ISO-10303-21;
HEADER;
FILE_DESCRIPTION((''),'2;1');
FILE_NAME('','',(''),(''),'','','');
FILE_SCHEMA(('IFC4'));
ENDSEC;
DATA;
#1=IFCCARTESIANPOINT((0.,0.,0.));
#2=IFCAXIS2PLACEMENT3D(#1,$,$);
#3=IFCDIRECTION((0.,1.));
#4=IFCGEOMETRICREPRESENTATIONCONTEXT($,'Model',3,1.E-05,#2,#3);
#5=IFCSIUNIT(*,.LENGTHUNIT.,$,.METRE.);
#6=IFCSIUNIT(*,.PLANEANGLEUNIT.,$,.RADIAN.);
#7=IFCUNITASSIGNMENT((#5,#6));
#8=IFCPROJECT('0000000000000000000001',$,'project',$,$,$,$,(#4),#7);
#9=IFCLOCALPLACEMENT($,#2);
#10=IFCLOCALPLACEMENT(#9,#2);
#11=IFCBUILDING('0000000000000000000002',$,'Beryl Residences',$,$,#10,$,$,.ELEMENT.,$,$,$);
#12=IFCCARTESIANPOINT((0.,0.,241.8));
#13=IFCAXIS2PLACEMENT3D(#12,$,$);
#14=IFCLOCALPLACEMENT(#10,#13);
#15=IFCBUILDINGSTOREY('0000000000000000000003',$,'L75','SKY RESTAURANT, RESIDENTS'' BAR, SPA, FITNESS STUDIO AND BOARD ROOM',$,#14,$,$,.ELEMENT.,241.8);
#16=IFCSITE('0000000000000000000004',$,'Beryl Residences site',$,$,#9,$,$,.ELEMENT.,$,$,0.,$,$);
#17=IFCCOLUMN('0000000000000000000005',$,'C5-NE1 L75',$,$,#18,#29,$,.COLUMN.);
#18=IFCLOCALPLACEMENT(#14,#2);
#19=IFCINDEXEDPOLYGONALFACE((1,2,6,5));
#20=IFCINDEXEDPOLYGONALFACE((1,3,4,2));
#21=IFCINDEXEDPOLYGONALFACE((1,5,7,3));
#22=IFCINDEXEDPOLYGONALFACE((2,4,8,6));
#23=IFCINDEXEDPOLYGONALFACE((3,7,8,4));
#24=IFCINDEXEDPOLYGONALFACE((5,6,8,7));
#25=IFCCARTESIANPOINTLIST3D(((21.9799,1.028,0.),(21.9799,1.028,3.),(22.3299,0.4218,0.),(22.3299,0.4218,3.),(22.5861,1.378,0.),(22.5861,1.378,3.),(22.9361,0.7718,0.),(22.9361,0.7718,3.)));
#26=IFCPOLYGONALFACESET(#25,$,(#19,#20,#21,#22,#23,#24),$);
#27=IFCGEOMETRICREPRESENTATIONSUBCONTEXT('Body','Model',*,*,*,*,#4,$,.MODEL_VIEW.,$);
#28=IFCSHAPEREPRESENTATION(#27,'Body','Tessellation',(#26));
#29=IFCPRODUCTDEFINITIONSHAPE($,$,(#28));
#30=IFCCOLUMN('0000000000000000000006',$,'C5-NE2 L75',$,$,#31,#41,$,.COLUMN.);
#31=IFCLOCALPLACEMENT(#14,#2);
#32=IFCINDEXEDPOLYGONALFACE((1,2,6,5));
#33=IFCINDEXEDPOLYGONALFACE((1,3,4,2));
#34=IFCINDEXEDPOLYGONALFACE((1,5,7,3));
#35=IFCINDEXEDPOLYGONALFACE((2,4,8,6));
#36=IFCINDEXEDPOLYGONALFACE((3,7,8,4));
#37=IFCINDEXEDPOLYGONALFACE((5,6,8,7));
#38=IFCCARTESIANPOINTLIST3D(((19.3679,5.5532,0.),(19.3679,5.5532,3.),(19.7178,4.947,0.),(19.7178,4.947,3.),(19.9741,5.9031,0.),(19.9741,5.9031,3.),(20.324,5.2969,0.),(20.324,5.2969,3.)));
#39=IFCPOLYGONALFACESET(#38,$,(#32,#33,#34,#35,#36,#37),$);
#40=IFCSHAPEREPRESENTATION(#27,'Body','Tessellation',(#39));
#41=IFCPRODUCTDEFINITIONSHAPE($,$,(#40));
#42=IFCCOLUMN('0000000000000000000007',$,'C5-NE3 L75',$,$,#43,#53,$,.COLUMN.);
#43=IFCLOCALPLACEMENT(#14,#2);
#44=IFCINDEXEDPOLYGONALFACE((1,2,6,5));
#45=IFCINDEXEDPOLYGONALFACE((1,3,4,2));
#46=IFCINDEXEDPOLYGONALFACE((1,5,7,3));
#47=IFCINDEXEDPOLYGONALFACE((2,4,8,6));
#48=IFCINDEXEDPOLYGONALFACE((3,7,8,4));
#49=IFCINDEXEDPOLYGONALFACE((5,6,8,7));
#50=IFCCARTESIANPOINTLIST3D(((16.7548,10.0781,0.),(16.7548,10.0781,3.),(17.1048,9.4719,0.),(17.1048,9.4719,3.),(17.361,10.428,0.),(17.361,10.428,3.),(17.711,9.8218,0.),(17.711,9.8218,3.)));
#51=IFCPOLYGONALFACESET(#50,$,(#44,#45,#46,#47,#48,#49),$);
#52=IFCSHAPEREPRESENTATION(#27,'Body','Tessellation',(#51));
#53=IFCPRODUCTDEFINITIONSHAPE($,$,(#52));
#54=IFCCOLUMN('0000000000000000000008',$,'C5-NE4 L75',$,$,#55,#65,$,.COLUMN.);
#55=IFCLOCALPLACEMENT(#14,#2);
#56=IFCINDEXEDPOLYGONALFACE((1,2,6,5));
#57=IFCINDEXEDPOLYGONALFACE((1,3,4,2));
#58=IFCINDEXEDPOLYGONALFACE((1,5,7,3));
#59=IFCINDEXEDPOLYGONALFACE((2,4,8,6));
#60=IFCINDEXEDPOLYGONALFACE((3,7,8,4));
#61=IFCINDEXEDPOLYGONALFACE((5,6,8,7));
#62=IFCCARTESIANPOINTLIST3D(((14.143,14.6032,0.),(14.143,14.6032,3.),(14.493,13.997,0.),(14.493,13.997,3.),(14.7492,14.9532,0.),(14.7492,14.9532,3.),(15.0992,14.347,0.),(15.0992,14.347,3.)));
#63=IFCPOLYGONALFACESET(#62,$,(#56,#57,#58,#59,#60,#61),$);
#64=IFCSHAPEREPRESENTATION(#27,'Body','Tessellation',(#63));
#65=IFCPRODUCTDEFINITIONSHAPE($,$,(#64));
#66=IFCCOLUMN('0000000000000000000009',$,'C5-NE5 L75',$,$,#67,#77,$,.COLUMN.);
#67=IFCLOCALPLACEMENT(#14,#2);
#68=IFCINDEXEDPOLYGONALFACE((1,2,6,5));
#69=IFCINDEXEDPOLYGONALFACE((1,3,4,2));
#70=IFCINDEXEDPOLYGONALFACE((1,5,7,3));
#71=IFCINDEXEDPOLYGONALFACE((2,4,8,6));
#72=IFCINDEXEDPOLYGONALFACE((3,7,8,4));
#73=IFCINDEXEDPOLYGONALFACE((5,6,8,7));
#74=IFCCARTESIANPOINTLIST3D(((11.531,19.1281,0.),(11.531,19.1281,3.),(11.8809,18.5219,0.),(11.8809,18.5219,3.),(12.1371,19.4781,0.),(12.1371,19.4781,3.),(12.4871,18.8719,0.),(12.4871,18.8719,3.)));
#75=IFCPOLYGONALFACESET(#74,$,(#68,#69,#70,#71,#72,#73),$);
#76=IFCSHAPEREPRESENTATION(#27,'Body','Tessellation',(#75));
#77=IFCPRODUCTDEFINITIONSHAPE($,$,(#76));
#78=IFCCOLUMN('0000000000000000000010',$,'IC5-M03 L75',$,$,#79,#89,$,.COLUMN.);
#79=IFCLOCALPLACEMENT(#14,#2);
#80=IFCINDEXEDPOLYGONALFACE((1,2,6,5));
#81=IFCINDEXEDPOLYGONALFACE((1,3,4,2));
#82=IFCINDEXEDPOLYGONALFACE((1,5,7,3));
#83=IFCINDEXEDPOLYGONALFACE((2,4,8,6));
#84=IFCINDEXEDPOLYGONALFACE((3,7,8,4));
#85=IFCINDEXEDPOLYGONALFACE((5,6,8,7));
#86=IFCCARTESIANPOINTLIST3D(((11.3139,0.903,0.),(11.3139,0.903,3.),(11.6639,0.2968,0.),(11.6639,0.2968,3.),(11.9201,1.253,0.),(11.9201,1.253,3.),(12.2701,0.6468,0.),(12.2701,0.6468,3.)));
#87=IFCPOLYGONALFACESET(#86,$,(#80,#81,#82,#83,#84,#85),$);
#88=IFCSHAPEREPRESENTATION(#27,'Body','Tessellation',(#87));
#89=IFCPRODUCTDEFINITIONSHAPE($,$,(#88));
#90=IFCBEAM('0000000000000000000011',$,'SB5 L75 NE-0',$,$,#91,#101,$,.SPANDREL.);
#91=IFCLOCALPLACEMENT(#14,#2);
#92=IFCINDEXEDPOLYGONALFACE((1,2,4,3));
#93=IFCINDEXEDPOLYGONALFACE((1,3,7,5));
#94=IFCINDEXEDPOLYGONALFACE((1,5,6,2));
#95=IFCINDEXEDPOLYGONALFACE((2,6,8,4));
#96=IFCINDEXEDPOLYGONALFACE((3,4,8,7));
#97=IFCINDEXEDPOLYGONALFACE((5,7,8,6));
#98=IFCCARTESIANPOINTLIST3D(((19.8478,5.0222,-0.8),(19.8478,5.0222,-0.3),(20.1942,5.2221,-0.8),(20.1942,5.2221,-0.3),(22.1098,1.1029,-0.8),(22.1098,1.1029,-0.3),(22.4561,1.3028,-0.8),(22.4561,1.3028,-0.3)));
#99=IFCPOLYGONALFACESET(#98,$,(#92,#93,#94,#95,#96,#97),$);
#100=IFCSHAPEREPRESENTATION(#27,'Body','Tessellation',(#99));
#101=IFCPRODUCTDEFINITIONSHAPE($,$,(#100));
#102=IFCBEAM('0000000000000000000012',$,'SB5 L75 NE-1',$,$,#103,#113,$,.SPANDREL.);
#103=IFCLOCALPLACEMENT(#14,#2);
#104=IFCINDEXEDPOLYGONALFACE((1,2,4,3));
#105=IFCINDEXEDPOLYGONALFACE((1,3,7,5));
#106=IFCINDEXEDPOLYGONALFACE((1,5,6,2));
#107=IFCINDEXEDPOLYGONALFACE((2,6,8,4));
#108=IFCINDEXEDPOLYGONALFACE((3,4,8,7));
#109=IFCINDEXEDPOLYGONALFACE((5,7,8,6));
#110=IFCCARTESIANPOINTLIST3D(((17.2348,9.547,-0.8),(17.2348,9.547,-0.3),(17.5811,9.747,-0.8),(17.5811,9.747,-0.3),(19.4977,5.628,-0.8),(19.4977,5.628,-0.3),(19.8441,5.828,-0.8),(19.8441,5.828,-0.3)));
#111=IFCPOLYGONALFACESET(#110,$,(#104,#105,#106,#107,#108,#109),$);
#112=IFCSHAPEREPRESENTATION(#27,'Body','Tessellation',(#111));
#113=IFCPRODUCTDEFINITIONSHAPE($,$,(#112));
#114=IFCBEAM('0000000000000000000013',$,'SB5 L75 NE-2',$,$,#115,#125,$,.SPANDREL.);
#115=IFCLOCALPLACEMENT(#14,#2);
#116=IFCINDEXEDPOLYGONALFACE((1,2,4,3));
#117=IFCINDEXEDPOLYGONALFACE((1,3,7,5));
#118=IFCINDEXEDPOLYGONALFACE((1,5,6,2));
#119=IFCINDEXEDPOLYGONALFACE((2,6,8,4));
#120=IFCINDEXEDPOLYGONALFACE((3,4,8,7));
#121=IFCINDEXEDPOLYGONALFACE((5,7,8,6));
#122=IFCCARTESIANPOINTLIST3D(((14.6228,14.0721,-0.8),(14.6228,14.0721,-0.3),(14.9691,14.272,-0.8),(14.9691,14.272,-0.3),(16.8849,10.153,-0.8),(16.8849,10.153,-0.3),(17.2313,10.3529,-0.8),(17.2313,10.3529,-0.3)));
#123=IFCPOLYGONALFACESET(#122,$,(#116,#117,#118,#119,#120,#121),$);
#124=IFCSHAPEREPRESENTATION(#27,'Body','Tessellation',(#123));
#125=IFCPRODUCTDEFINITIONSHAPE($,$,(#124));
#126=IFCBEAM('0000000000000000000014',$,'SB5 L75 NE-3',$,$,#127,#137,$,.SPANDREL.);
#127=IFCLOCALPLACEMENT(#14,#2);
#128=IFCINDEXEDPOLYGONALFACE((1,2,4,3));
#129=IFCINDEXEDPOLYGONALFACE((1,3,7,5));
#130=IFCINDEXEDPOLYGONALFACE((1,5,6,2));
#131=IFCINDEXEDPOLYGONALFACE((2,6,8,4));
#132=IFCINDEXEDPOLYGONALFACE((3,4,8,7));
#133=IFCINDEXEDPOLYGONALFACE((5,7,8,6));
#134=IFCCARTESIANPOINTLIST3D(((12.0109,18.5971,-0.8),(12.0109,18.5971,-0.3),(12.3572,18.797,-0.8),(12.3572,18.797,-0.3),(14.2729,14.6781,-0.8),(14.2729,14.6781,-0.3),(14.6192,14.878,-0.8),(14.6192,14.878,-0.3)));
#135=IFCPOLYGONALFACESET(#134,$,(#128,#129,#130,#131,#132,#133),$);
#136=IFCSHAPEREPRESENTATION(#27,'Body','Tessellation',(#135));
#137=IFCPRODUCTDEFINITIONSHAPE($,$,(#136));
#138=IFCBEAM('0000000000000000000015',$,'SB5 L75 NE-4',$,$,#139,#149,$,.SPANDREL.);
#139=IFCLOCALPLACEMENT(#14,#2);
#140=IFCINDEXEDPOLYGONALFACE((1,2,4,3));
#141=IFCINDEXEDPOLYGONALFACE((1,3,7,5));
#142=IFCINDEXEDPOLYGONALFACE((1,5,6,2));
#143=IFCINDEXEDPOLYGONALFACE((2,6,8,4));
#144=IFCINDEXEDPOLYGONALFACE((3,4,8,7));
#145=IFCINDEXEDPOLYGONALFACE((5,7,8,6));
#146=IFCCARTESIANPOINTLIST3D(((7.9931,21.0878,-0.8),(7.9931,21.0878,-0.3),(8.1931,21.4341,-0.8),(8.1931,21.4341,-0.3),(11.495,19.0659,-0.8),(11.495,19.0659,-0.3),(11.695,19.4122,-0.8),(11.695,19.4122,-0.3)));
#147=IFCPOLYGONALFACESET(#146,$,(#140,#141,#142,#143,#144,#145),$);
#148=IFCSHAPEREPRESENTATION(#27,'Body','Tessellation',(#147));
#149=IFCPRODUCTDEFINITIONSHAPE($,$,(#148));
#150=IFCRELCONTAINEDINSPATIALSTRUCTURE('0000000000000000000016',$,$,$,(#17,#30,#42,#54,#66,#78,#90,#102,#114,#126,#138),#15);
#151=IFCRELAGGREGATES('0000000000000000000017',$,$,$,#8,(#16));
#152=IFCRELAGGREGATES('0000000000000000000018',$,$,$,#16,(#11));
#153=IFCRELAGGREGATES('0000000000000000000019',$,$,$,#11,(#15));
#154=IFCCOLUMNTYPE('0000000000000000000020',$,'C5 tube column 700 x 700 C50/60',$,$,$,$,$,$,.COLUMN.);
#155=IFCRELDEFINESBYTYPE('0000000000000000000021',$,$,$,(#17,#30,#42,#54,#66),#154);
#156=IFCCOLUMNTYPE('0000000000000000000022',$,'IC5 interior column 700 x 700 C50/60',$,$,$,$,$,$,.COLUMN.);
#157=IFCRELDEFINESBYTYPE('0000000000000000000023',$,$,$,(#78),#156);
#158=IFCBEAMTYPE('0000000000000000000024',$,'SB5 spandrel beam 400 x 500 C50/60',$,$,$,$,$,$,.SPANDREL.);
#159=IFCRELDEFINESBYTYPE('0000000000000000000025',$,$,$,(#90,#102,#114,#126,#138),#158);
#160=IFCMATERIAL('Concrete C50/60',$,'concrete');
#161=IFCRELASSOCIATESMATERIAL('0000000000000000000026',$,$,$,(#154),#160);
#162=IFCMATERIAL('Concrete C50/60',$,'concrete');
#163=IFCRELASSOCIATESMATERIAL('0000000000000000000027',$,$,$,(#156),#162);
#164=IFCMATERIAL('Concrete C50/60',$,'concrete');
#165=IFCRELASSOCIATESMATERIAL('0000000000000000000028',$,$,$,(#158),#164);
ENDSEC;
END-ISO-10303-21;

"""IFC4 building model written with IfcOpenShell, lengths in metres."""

from ifc_helpers import new_model, si_unit, direction, frame, origin, origin_2d, place, context, subcontext, project, spatial, rectangle, extrude, material, material_profile, profile_set, type_object, element, save


model = new_model("IFC4")

# Units and contexts
model_context = context("Model", 3, precision=1e-05, world=origin(), true_north=direction((0.0, 1.0)))
body_context = subcontext(model_context, "Body", "Model", "MODEL_VIEW")
ifc_project = project(units=[si_unit("LENGTHUNIT", "METRE"), si_unit("PLANEANGLEUNIT", "RADIAN")], contexts=[model_context])

# Site, building, storey
site_placement = place(None, origin())
site = spatial("IfcSite", under=ifc_project, at=site_placement, Name="Beryl Residences site", CompositionType="ELEMENT", RefElevation=0.0)
building_placement = place(site_placement, origin())
building = spatial("IfcBuilding", under=site, at=building_placement, Name="Beryl Residences", CompositionType="ELEMENT")
storey_placement = place(building_placement, frame((0.0, 0.0, 241.8)))
storey = spatial("IfcBuildingStorey", under=building, at=storey_placement, Name="L75", Description="SKY RESTAURANT, RESIDENTS' BAR, SPA, FITNESS STUDIO AND BOARD ROOM", CompositionType="ELEMENT", Elevation=241.8)

# Columns
ifc_material_1 = material(Name="Concrete C50/60", Category="concrete")
ifc_material_profile_1 = material_profile(ifc_material_1, rectangle(XDim=0.7, YDim=0.7, at=origin_2d()))
ifc_profile_set_1 = profile_set([ifc_material_profile_1], Name="Concrete C50/60")
column_type_1 = type_object("IfcColumnType", Name="C5 tube column 700 x 700 C50/60", PredefinedType="COLUMN", material=ifc_profile_set_1)
for number, where, z_axis, x_axis, name in (
    (1, (22.458, 0.8999, 0.0), (0.0, 0.0, 1.0), (-0.49997, 0.866043, 0.0), "C5-NE1 L75"),
    (2, (19.8459, 5.425, 0.0), (0.0, 0.0, 1.0), (-0.49997, 0.866043, 0.0), "C5-NE2 L75"),
    (3, (17.2329, 9.95, 0.0), (0.0, 0.0, 1.0), (-0.49997, 0.866043, 0.0), "C5-NE3 L75"),
    (4, (14.6211, 14.4751, 0.0), (0.0, 0.0, 1.0), (-0.49997, 0.866043, 0.0), "C5-NE4 L75"),
    (5, (12.009, 19.0, 0.0), (0.0, 0.0, 1.0), (-0.49997, 0.866043, 0.0), "C5-NE5 L75"),
):
    element("IfcColumn", number, at=place(storey_placement, frame(where, z_axis=z_axis, x_axis=x_axis)), inside=storey, type_object=column_type_1, Name=name, PredefinedType="COLUMN", context=body_context, shape_type="SweptSolid", body=[
        extrude(rectangle(XDim=0.7, YDim=0.7, at=origin_2d()), origin(), (0.0, 0.0, 1.0), 3.0),
    ])
ifc_material_2 = material(Name="Concrete C50/60", Category="concrete")
ifc_material_profile_2 = material_profile(ifc_material_2, rectangle(XDim=0.7, YDim=0.7, at=origin_2d()))
ifc_profile_set_2 = profile_set([ifc_material_profile_2], Name="Concrete C50/60")
column_type_2 = type_object("IfcColumnType", Name="IC5 interior column 700 x 700 C50/60", PredefinedType="COLUMN", material=ifc_profile_set_2)
column_placement = place(storey_placement, frame((11.792, 0.7749, 0.0), z_axis=(0.0, 0.0, 1.0), x_axis=(-0.49997, 0.866043, 0.0)))
element("IfcColumn", 6, at=column_placement, inside=storey, type_object=column_type_2, Name="IC5-M03 L75", PredefinedType="COLUMN", context=body_context, shape_type="SweptSolid", body=[
    extrude(rectangle(XDim=0.7, YDim=0.7, at=origin_2d()), origin(), (0.0, 0.0, 1.0), 3.0),
])

# Beams
ifc_material_3 = material(Name="Concrete C50/60", Category="concrete")
ifc_material_profile_3 = material_profile(ifc_material_3, rectangle(XDim=0.3999, YDim=0.5, at=origin_2d()))
ifc_profile_set_3 = profile_set([ifc_material_profile_3], Name="Concrete C50/60")
beam_type = type_object("IfcBeamType", Name="SB5 spandrel beam 400 x 500 C50/60", PredefinedType="SPANDREL", material=ifc_profile_set_3)
beam_1_placement = place(storey_placement, frame((22.283, 1.2029, -0.55), z_axis=(-0.49987, 0.8661, 0.0), x_axis=(-0.8661, -0.49987, 0.0)))
element("IfcBeam", 7, at=beam_1_placement, inside=storey, type_object=beam_type, Name="SB5 L75 NE-0", PredefinedType="SPANDREL", context=body_context, shape_type="SweptSolid", body=[
    extrude(rectangle(XDim=0.3999, YDim=0.5, at=origin_2d()), origin(), (0.0, 0.0, 1.0), 4.5251),
])
beam_2_placement = place(storey_placement, frame((19.6709, 5.728, -0.55), z_axis=(-0.500056, 0.865993, 0.0), x_axis=(-0.865993, -0.500056, 0.0)))
element("IfcBeam", 8, at=beam_2_placement, inside=storey, type_object=beam_type, Name="SB5 L75 NE-1", PredefinedType="SPANDREL", context=body_context, shape_type="SweptSolid", body=[
    extrude(rectangle(XDim=0.3999, YDim=0.5, at=origin_2d()), origin(), (0.0, 0.0, 1.0), 4.5254),
])
beam_3_placement = place(storey_placement, frame((17.0581, 10.2529, -0.55), z_axis=(-0.499911, 0.866077, 0.0), x_axis=(-0.866077, -0.499911, 0.0)))
element("IfcBeam", 9, at=beam_3_placement, inside=storey, type_object=beam_type, Name="SB5 L75 NE-2", PredefinedType="SPANDREL", context=body_context, shape_type="SweptSolid", body=[
    extrude(rectangle(XDim=0.3999, YDim=0.5, at=origin_2d()), origin(), (0.0, 0.0, 1.0), 4.5251),
])
beam_4_placement = place(storey_placement, frame((14.446, 14.7781, -0.55), z_axis=(-0.499894, 0.866087, 0.0), x_axis=(-0.866087, -0.499894, 0.0)))
element("IfcBeam", 10, at=beam_4_placement, inside=storey, type_object=beam_type, Name="SB5 L75 NE-3", PredefinedType="SPANDREL", context=body_context, shape_type="SweptSolid", body=[
    extrude(rectangle(XDim=0.3999, YDim=0.5, at=origin_2d()), origin(), (0.0, 0.0, 1.0), 4.5249),
])
beam_5_placement = place(storey_placement, frame((11.595, 19.239, -0.55), z_axis=(-0.866013, 0.500022, 0.0), x_axis=(-0.500022, -0.866013, 0.0)))
element("IfcBeam", 11, at=beam_5_placement, inside=storey, type_object=beam_type, Name="SB5 L75 NE-4", PredefinedType="SPANDREL", context=body_context, shape_type="SweptSolid", body=[
    extrude(rectangle(XDim=0.3999, YDim=0.5, at=origin_2d()), origin(), (0.0, 0.0, 1.0), 4.0437),
])

save(model, "model.ifc")
